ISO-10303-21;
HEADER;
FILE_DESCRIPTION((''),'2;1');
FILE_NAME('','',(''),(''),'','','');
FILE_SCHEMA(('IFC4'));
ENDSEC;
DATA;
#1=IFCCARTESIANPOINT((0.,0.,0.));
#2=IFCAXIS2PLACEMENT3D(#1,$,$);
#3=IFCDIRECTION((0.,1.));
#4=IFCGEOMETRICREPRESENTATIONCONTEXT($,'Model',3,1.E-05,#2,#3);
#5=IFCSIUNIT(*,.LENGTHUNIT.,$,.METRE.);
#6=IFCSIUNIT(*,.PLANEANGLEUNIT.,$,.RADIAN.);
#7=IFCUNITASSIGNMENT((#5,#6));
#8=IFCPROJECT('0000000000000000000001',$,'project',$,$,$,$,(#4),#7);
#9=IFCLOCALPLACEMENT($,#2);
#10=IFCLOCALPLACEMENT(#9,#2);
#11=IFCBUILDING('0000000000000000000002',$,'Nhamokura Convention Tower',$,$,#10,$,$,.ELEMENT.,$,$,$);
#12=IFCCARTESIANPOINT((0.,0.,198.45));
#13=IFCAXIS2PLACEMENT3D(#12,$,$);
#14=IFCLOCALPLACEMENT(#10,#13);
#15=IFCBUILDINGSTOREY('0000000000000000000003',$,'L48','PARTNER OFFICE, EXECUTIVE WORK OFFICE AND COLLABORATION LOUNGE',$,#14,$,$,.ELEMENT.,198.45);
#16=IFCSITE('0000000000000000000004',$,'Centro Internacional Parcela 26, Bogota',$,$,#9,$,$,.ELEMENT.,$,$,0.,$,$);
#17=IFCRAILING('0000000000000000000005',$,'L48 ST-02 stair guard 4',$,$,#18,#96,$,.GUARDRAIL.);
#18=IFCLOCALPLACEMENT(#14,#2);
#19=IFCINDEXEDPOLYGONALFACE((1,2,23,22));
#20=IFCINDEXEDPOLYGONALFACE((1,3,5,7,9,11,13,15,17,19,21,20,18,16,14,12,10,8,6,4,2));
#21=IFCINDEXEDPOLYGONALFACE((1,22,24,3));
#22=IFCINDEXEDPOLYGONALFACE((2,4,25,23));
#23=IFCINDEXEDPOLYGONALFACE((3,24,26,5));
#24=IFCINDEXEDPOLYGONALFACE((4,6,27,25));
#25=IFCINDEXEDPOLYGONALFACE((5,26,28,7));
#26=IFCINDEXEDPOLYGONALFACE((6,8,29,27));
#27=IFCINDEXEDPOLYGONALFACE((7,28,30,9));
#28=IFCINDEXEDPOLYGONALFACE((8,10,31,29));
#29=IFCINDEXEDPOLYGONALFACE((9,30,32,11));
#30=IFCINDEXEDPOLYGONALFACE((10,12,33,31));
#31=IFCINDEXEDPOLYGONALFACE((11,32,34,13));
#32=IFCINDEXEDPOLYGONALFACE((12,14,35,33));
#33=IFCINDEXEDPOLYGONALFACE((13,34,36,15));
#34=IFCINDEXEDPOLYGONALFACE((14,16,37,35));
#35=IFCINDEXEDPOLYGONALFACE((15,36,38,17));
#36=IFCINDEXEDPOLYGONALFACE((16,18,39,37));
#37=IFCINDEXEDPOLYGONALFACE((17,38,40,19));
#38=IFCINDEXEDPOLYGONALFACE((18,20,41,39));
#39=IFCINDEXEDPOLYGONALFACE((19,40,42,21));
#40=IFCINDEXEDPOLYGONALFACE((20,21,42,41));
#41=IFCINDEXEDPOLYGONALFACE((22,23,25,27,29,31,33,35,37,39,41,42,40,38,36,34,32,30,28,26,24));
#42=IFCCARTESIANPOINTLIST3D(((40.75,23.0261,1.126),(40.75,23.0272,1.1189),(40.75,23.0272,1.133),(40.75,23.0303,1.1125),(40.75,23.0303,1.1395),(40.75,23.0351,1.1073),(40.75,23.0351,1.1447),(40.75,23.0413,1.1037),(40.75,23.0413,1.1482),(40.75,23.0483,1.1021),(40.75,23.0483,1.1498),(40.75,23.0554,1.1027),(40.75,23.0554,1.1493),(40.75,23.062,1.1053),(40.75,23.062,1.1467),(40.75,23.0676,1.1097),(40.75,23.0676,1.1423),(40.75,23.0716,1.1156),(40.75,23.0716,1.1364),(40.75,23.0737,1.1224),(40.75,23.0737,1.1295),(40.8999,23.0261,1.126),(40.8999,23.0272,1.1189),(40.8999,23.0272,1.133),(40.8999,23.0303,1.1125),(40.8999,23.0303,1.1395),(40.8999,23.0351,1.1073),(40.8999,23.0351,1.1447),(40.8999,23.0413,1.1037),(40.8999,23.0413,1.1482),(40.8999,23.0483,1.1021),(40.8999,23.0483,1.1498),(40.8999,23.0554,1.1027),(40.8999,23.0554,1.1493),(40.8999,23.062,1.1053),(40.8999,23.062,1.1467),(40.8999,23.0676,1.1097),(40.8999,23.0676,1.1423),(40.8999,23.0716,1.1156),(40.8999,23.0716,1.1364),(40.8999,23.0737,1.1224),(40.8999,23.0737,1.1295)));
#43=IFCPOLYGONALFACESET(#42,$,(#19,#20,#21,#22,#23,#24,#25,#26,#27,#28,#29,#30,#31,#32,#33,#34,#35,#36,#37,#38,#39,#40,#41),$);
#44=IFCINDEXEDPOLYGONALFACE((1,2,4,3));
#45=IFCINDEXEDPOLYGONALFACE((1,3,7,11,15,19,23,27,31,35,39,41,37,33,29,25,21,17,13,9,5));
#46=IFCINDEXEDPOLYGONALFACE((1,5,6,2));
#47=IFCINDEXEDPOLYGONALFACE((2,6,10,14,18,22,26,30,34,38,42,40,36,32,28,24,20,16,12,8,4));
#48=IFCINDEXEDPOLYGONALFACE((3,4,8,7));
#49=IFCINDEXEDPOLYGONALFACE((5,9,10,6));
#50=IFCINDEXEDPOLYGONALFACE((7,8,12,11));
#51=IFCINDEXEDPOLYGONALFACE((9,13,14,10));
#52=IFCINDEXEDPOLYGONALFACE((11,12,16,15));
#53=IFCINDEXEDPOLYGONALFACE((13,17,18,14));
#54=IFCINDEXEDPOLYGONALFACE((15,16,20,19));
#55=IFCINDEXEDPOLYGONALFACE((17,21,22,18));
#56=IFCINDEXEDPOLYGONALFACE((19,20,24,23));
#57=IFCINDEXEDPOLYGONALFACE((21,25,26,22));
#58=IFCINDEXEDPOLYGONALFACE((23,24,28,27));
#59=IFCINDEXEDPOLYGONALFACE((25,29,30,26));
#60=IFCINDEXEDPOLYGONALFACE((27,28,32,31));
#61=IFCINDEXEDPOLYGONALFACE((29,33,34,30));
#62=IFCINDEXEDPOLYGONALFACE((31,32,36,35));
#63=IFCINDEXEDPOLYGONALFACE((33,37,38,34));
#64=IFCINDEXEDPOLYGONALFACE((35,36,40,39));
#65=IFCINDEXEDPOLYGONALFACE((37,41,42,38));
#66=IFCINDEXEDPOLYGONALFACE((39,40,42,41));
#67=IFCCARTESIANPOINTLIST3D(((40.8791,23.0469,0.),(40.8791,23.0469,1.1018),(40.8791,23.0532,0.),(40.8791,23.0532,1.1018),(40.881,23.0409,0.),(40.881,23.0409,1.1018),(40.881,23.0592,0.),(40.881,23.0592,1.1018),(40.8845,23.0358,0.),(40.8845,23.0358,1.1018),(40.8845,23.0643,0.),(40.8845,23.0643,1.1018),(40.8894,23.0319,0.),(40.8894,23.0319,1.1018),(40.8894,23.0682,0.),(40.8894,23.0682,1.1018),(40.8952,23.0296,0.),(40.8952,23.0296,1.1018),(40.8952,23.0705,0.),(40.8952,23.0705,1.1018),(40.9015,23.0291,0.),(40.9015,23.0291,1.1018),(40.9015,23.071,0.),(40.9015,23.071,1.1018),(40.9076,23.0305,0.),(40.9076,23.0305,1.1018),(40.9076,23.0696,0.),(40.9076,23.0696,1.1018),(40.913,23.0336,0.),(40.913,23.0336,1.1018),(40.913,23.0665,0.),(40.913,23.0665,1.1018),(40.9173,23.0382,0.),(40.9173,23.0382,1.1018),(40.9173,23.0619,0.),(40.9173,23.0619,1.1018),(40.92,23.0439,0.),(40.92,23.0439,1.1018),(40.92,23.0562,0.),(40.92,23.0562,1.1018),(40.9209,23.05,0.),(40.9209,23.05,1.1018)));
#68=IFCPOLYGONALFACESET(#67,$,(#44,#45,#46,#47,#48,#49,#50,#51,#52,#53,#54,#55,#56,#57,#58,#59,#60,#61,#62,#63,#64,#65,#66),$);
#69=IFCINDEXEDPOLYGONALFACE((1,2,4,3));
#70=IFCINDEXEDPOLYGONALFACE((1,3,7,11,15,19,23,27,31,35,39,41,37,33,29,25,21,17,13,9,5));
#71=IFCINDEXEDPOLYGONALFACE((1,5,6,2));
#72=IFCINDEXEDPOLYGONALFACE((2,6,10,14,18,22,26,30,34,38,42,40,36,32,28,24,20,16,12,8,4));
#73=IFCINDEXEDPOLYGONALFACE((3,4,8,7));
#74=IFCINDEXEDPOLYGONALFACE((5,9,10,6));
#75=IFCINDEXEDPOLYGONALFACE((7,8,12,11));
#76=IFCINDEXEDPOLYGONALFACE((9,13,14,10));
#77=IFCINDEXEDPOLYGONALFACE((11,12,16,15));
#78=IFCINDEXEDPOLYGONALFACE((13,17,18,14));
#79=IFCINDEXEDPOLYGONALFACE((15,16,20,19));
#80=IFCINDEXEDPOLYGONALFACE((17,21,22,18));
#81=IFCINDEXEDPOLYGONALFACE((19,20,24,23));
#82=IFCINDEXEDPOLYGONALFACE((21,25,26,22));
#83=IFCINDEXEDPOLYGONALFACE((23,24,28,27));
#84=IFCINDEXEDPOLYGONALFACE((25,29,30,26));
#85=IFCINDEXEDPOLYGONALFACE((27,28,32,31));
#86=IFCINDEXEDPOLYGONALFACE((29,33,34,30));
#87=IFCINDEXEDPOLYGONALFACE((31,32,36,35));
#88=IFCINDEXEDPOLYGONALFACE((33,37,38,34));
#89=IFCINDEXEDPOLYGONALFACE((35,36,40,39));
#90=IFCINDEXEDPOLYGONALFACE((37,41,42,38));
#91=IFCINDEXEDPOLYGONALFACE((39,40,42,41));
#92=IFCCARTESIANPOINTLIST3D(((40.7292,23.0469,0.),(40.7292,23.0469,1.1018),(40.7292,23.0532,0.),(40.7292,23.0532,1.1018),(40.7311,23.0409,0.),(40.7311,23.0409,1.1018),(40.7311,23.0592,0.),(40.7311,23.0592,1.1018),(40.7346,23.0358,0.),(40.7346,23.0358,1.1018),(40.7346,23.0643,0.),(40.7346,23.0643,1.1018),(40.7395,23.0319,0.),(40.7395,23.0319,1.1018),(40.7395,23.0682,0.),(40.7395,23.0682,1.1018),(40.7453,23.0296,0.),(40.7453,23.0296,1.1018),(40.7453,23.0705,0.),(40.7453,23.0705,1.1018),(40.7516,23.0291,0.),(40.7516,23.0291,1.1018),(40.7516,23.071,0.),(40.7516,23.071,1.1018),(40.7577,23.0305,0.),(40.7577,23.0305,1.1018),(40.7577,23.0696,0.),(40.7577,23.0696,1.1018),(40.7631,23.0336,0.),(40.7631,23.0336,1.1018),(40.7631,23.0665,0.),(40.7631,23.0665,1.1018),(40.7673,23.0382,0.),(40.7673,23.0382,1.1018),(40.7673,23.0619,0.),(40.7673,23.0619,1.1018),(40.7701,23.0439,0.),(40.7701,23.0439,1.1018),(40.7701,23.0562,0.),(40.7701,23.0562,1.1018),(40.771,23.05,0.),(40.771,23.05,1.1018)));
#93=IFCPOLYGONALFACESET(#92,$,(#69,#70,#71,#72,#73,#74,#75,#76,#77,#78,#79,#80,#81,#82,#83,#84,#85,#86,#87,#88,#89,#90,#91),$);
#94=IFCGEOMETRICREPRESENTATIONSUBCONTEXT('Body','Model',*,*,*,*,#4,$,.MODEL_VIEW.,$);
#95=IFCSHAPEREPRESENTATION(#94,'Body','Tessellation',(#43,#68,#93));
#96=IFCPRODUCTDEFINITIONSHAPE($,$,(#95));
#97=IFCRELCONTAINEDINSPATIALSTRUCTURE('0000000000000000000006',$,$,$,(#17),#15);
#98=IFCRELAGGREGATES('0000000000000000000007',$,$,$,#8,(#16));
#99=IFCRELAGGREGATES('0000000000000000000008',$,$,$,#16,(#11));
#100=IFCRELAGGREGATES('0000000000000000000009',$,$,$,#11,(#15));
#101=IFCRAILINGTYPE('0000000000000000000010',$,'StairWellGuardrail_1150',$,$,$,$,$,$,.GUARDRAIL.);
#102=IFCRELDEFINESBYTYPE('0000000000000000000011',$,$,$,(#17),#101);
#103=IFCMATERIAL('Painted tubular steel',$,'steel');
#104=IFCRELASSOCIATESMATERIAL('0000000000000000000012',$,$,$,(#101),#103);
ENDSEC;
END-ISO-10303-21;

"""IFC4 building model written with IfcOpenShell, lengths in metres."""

from ifc_helpers import new_model, si_unit, direction, frame, origin, origin_2d, place, context, subcontext, project, spatial, circle, extrude, material, type_object, element, save


model = new_model("IFC4")

# Units and contexts
model_context = context("Model", 3, precision=1e-05, world=origin(), true_north=direction((0.0, 1.0)))
body_context = subcontext(model_context, "Body", "Model", "MODEL_VIEW")
ifc_project = project(units=[si_unit("LENGTHUNIT", "METRE"), si_unit("PLANEANGLEUNIT", "RADIAN")], contexts=[model_context])

# Site, building, storey
site_placement = place(None, origin())
site = spatial("IfcSite", under=ifc_project, at=site_placement, Name="Centro Internacional Parcela 26, Bogota", CompositionType="ELEMENT", RefElevation=0.0)
building_placement = place(site_placement, origin())
building = spatial("IfcBuilding", under=site, at=building_placement, Name="Nhamokura Convention Tower", CompositionType="ELEMENT")
storey_placement = place(building_placement, frame((0.0, 0.0, 198.45)))
storey = spatial("IfcBuildingStorey", under=building, at=storey_placement, Name="L48", Description="PARTNER OFFICE, EXECUTIVE WORK OFFICE AND COLLABORATION LOUNGE", CompositionType="ELEMENT", Elevation=198.45)

# Railing
ifc_material_1 = material(Name="Painted tubular steel", Category="steel")
railing_type_1 = type_object("IfcRailingType", Name="StairWellGuardrail_1150", PredefinedType="GUARDRAIL", material=ifc_material_1)
railing_1_placement = place(storey_placement, frame((40.8999, 23.05, 0.0)))
element("IfcRailing", 1, at=railing_1_placement, inside=storey, type_object=railing_type_1, Name="L48 ST-02 stair guard 4", PredefinedType="GUARDRAIL", context=body_context, shape_type="SweptSolid", body=[
    extrude(circle(Radius=0.0239, at=origin_2d()), frame((0.0, 0.0, 1.126), z_axis=(-1.0, 0.0, 0.0), x_axis=(0.0, -1.0, 0.0)), (0.0, 0.0, 1.0), 0.1499),
    extrude(circle(Radius=0.021, at=origin_2d()), origin(), (0.0, 0.0, 1.0), 1.1018),
    extrude(circle(Radius=0.021, at=origin_2d()), frame((-0.1499, 0.0, 0.0)), (0.0, 0.0, 1.0), 1.1018),
])

save(model, "model.ifc")
